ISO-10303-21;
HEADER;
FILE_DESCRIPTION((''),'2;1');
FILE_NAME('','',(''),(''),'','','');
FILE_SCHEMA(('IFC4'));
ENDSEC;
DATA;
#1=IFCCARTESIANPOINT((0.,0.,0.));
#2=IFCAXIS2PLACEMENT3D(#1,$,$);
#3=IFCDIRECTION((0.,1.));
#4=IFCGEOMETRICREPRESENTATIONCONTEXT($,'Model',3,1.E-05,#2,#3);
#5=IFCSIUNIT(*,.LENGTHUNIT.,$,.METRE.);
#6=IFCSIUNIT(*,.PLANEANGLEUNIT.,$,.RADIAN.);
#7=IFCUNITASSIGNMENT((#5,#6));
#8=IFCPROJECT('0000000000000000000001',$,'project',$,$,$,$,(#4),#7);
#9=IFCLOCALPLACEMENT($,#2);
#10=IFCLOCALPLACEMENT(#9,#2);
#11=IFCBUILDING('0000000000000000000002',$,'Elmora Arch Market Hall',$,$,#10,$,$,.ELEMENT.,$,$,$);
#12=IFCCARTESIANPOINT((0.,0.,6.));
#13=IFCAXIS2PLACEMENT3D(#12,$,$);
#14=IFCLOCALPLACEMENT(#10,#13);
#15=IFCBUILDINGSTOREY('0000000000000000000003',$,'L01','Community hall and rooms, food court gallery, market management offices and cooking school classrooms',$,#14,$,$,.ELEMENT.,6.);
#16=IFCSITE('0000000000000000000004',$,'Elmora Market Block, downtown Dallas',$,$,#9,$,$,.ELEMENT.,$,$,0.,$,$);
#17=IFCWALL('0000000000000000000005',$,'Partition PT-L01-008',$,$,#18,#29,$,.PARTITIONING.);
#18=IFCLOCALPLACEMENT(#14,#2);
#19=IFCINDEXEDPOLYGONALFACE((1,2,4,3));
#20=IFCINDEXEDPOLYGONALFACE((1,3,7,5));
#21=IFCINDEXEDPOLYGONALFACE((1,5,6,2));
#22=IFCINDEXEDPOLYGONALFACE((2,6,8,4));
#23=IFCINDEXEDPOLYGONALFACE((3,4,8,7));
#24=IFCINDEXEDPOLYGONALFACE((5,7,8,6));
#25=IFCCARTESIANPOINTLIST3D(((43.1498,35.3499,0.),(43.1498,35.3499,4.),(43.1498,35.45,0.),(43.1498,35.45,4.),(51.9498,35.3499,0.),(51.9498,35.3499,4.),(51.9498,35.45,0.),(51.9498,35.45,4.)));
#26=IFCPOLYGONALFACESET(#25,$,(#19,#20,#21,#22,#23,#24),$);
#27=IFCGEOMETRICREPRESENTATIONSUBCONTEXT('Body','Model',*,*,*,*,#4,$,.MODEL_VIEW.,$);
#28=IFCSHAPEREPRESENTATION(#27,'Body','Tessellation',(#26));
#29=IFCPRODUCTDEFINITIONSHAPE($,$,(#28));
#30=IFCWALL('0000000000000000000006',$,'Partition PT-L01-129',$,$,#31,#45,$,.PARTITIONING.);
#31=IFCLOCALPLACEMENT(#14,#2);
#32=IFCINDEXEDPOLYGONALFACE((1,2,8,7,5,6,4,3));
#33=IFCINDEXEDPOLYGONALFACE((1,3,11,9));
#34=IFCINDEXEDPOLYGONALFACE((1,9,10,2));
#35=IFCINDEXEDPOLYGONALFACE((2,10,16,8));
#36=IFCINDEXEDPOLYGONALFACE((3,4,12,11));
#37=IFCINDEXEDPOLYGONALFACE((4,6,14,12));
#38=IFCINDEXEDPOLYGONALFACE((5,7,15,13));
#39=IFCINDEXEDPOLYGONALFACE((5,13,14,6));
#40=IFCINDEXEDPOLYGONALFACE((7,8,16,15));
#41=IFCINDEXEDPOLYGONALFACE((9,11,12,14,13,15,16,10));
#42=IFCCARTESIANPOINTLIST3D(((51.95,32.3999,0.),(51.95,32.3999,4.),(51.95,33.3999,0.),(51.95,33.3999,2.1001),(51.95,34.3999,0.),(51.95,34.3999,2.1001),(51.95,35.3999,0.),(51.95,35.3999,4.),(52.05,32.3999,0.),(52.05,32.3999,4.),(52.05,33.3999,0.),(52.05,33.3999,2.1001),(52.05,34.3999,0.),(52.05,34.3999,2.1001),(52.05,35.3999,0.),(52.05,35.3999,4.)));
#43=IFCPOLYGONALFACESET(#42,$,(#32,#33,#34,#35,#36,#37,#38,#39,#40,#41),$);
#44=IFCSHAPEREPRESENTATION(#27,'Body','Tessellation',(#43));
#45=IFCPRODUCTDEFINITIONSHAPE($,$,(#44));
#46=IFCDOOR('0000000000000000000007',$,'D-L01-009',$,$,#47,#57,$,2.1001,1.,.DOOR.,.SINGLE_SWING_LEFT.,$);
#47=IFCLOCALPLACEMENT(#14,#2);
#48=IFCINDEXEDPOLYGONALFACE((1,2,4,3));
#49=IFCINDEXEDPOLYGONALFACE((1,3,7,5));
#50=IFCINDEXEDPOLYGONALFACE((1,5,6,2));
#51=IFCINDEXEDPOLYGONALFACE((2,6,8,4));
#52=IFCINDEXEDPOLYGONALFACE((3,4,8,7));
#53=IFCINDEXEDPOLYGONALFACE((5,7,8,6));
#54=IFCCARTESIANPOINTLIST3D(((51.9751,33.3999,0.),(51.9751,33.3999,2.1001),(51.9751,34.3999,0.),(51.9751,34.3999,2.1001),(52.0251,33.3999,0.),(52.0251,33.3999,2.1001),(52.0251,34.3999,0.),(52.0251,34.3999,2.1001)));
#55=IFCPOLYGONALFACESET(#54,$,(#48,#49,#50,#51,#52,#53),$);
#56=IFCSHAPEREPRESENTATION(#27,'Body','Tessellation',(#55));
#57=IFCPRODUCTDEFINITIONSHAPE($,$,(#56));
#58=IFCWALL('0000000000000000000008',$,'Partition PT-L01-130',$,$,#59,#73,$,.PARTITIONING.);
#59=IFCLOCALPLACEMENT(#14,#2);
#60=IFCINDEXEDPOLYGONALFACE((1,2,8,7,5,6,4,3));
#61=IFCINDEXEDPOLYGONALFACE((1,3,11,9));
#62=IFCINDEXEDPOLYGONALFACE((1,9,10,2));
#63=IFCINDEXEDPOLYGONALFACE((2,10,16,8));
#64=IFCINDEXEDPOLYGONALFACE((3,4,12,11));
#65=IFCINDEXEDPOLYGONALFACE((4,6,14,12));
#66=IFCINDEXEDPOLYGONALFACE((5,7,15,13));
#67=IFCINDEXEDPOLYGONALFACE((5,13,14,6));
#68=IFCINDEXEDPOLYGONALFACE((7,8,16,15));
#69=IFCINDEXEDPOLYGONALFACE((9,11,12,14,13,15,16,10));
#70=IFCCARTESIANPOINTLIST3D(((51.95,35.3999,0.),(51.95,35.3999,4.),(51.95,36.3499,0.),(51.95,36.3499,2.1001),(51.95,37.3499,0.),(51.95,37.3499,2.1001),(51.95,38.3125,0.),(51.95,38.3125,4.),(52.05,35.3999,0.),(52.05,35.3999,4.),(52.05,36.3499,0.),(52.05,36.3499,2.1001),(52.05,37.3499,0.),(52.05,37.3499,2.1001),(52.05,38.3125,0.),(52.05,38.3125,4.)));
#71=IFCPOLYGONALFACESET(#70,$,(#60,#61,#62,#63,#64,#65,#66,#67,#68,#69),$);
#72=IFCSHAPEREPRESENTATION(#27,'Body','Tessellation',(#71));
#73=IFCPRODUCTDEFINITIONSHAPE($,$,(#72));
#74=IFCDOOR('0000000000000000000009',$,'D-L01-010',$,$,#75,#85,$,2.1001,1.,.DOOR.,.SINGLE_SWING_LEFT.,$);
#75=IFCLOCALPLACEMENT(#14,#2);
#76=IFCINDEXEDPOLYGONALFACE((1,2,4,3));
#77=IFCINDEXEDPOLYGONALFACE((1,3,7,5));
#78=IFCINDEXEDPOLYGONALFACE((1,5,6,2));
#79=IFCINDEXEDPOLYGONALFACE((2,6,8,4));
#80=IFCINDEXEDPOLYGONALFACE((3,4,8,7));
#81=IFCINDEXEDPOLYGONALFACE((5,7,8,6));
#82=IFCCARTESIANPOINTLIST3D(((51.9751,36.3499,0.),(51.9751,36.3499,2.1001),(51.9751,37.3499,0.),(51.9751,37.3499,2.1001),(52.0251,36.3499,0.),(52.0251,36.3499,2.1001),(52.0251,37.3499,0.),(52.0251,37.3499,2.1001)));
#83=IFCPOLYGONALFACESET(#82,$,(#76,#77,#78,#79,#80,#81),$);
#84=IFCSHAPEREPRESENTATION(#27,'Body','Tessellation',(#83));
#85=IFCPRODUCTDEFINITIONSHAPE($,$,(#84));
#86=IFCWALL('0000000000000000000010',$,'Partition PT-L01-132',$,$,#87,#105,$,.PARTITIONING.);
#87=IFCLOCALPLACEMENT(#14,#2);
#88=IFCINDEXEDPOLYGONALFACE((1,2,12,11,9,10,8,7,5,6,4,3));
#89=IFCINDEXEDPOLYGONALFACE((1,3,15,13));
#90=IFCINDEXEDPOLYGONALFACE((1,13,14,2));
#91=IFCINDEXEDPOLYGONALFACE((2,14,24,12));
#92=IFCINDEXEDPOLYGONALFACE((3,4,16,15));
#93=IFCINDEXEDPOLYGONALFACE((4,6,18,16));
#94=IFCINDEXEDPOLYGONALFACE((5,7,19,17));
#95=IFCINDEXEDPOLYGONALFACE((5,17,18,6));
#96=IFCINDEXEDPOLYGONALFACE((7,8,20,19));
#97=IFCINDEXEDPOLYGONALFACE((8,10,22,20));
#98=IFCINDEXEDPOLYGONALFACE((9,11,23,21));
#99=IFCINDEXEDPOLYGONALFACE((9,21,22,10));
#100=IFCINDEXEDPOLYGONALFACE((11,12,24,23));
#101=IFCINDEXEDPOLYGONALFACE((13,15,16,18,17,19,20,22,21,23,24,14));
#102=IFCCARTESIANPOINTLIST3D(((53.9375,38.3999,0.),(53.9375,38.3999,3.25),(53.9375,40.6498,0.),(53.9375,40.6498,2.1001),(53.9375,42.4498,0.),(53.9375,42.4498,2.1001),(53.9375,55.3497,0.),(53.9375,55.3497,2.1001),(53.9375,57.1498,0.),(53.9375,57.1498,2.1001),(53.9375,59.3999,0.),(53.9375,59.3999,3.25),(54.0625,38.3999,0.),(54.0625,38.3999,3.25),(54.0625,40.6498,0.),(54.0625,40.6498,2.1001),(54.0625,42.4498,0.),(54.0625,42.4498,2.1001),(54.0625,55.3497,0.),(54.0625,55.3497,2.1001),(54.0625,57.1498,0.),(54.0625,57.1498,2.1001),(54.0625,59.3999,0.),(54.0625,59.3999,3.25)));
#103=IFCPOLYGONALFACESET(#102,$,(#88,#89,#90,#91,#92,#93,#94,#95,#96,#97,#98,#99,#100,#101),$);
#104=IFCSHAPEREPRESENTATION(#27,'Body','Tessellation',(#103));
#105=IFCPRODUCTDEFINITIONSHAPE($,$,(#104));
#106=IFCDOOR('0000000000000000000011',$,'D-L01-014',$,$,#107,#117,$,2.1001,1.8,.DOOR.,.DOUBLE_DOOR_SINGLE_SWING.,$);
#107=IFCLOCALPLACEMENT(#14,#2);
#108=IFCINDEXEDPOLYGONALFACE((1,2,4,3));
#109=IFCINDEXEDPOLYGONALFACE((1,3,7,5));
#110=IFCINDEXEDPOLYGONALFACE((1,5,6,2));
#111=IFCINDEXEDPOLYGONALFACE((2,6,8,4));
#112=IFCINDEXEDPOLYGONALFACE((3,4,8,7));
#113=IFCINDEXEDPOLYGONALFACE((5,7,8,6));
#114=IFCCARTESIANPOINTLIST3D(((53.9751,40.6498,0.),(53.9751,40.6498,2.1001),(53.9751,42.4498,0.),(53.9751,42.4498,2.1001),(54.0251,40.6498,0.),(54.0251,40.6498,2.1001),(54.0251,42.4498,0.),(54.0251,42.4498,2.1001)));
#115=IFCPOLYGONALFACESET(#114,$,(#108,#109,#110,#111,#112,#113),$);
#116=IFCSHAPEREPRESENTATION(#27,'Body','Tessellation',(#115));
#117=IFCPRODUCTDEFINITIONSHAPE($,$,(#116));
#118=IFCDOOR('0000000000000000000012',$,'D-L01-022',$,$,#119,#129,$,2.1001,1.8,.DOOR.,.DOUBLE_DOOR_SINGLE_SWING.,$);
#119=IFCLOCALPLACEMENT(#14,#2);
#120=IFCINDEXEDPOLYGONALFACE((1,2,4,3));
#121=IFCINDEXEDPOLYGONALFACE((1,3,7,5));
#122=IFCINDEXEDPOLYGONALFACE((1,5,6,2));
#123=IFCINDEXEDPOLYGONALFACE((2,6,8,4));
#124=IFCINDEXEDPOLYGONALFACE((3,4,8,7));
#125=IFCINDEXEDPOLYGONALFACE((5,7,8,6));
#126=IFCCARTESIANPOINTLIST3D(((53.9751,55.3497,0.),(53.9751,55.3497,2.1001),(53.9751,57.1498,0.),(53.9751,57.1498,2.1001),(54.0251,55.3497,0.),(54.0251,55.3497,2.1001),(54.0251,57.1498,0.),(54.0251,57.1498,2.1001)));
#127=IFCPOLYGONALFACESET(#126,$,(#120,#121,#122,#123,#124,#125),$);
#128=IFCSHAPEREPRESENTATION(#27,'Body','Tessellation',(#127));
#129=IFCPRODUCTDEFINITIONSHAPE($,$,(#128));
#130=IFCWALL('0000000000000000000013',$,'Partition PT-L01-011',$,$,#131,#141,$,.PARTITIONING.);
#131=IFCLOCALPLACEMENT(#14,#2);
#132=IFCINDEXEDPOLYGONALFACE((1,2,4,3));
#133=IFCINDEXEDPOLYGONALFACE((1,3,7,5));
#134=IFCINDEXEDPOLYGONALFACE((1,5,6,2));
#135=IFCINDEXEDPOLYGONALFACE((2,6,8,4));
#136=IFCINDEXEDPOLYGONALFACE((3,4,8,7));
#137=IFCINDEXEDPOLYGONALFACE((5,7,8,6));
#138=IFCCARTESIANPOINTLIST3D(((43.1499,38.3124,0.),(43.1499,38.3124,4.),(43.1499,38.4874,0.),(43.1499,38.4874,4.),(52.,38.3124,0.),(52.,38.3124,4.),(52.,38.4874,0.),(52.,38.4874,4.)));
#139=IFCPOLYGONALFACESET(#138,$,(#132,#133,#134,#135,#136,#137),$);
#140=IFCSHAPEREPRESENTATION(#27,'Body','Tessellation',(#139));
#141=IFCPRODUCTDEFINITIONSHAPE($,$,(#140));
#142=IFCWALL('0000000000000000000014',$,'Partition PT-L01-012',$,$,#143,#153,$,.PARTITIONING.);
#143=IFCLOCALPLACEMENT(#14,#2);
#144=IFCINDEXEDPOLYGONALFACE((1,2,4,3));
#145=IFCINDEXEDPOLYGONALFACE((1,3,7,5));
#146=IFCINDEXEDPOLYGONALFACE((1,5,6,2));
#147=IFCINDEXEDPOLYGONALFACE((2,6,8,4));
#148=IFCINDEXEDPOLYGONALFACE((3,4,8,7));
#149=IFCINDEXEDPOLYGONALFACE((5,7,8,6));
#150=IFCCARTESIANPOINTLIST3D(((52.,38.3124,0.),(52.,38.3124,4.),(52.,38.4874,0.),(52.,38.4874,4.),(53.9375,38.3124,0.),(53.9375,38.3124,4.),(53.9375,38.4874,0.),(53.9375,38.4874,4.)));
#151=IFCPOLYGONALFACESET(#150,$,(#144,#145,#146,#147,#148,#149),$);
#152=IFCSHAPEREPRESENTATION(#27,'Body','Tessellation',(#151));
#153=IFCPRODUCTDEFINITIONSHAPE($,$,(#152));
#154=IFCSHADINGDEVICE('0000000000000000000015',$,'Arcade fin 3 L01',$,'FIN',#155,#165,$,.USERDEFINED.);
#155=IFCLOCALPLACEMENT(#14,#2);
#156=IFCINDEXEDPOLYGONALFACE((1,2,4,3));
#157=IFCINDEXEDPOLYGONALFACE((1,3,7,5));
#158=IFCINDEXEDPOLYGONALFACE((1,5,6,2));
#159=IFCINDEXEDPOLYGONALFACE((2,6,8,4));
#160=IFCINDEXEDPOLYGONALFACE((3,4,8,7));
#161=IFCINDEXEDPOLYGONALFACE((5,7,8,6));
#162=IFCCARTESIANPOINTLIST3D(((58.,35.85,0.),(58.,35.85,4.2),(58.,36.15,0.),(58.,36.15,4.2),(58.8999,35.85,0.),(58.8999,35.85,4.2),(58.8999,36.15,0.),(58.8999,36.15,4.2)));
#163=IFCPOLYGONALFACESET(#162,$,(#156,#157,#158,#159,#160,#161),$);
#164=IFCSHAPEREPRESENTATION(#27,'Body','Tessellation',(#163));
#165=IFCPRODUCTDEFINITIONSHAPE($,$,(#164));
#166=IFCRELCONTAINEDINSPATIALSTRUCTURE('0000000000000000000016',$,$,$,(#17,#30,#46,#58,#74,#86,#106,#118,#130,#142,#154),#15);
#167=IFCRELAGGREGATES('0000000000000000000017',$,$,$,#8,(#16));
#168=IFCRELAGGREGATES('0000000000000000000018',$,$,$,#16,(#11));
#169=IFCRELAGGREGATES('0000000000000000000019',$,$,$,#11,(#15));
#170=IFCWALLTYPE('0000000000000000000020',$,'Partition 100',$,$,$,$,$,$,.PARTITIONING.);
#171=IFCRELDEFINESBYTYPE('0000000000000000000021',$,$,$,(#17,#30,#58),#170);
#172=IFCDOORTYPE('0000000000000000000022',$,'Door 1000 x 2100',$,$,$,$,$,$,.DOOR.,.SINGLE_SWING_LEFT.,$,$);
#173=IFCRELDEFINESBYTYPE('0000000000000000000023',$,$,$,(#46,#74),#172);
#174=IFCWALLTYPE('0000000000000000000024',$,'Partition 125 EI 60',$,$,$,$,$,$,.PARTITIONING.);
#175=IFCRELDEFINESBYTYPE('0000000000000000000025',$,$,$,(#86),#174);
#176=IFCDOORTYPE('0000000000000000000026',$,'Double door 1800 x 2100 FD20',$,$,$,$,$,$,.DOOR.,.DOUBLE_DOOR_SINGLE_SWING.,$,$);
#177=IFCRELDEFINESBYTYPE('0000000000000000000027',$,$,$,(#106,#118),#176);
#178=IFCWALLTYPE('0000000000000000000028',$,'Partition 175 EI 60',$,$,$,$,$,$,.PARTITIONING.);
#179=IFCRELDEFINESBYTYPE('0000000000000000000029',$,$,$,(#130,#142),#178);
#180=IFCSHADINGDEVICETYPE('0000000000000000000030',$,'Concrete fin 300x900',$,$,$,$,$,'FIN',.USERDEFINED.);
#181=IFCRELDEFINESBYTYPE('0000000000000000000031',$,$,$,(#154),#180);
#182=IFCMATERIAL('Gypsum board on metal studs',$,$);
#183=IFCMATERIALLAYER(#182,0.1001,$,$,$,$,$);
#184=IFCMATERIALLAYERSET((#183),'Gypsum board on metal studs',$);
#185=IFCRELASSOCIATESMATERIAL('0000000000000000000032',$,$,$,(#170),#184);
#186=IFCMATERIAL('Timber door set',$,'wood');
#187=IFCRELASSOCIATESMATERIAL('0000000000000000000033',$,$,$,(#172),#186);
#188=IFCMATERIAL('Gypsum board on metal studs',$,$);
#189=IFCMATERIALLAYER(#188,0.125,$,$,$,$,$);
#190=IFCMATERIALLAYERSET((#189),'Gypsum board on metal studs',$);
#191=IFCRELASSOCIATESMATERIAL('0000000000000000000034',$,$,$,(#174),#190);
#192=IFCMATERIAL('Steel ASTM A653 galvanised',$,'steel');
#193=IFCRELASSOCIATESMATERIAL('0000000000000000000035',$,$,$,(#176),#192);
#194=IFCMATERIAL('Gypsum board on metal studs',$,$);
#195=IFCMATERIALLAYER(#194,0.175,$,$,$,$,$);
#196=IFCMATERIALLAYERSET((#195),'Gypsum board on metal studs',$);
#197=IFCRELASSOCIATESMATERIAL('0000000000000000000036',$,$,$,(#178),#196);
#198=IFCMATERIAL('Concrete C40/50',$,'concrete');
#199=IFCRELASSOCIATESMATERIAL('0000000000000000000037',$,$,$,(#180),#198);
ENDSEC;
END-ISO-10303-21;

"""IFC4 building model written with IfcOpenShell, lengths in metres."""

from ifc_helpers import new_model, si_unit, direction, frame, frame_2d, origin, origin_2d, place, context, subcontext, project, spatial, rectangle, extrude, material, layer, layer_set, type_object, element, fill, save


model = new_model("IFC4")

# Units and contexts
model_context = context("Model", 3, precision=1e-05, world=origin(), true_north=direction((0.0, 1.0)))
body_context = subcontext(model_context, "Body", "Model", "MODEL_VIEW")
ifc_project = project(units=[si_unit("LENGTHUNIT", "METRE"), si_unit("PLANEANGLEUNIT", "RADIAN")], contexts=[model_context])

# Site, building, storey
site_placement = place(None, origin())
site = spatial("IfcSite", under=ifc_project, at=site_placement, Name="Elmora Market Block, downtown Dallas", CompositionType="ELEMENT", RefElevation=0.0)
building_placement = place(site_placement, origin())
building = spatial("IfcBuilding", under=site, at=building_placement, Name="Elmora Arch Market Hall", CompositionType="ELEMENT")
storey_placement = place(building_placement, frame((0.0, 0.0, 6.0)))
storey = spatial("IfcBuildingStorey", under=building, at=storey_placement, Name="L01", Description="Community hall and rooms, food court gallery, market management offices and cooking school classrooms", CompositionType="ELEMENT", Elevation=6.0)

# Wall
ifc_material_1 = material(Name="Gypsum board on metal studs")
ifc_layer_1 = layer(ifc_material_1, 0.1001)
ifc_layer_set_1 = layer_set([ifc_layer_1], Name="Gypsum board on metal studs")
wall_type_1 = type_object("IfcWallType", Name="Partition 100", PredefinedType="PARTITIONING", material=ifc_layer_set_1)
for number, where, z_axis, x_axis, name in (
    (1, (43.1499, 35.3999, 0.0), (0.0, 0.0, 1.0), (1.0, 0.0, 0.0), "Partition PT-L01-008"),
):
    element("IfcWall", number, at=place(storey_placement, frame(where, z_axis=z_axis, x_axis=x_axis)), inside=storey, type_object=wall_type_1, Name=name, PredefinedType="PARTITIONING", context=body_context, shape_type="SweptSolid", body=[
        extrude(rectangle(XDim=8.8, YDim=0.1001, at=frame_2d((4.3999, 0.0))), origin(), (0.0, 0.0, 1.0), 4.0),
    ])

# Walls, openings, doors
wall_1_placement = place(storey_placement, frame((52.0, 32.3999, 0.0), z_axis=(0.0, 0.0, 1.0), x_axis=(0.0, 1.0, 0.0)))
wall_1 = element("IfcWall", 2, at=wall_1_placement, inside=storey, type_object=wall_type_1, Name="Partition PT-L01-129", PredefinedType="PARTITIONING", context=body_context, shape_type="SweptSolid", body=[
    extrude(rectangle(XDim=3.0, YDim=0.1001, at=frame_2d((1.5, 0.0))), origin(), (0.0, 0.0, 1.0), 4.0),
])
opening_1_placement = place(wall_1_placement, frame((1.0, 0.0, 0.0)))
opening_1 = element("IfcOpeningElement", 3, at=opening_1_placement, cuts=wall_1, PredefinedType="OPENING", context=body_context, shape_type="SweptSolid", body=[
    extrude(rectangle(XDim=1.0, YDim=2.1001, at=frame_2d((0.5, 1.05))), frame((0.0, 0.0601, 0.0), z_axis=(0.0, -1.0, 0.0), x_axis=(1.0, 0.0, 0.0)), (0.0, 0.0, 1.0), 0.1201),
])
ifc_material_2 = material(Name="Timber door set", Category="wood")
door_type_1 = type_object("IfcDoorType", Name="Door 1000 x 2100", OperationType="SINGLE_SWING_LEFT", PredefinedType="DOOR", material=ifc_material_2)
door_1_placement = place(opening_1_placement, origin())
door_1 = element("IfcDoor", 4, at=door_1_placement, inside=storey, type_object=door_type_1, Name="D-L01-009", OperationType="SINGLE_SWING_LEFT", OverallHeight=2.1001, OverallWidth=1.0, PredefinedType="DOOR", context=body_context, shape_type="SweptSolid", body=[
    extrude(rectangle(XDim=1.0, YDim=2.1001, at=frame_2d((0.5, 1.05))), frame((0.0, 0.0249, 0.0), z_axis=(0.0, -1.0, 0.0), x_axis=(1.0, 0.0, 0.0)), (0.0, 0.0, 1.0), 0.05),
])
fill(opening_1, door_1)
wall_2_placement = place(storey_placement, frame((52.0, 35.3999, 0.0), z_axis=(0.0, 0.0, 1.0), x_axis=(0.0, 1.0, 0.0)))
wall_2 = element("IfcWall", 5, at=wall_2_placement, inside=storey, type_object=wall_type_1, Name="Partition PT-L01-130", PredefinedType="PARTITIONING", context=body_context, shape_type="SweptSolid", body=[
    extrude(rectangle(XDim=2.9126, YDim=0.1001, at=frame_2d((1.4563, 0.0))), origin(), (0.0, 0.0, 1.0), 4.0),
])
opening_2_placement = place(wall_2_placement, frame((0.95, 0.0, 0.0)))
opening_2 = element("IfcOpeningElement", 6, at=opening_2_placement, cuts=wall_2, PredefinedType="OPENING", context=body_context, shape_type="SweptSolid", body=[
    extrude(rectangle(XDim=1.0, YDim=2.1001, at=frame_2d((0.5, 1.05))), frame((0.0, 0.0601, 0.0), z_axis=(0.0, -1.0, 0.0), x_axis=(1.0, 0.0, 0.0)), (0.0, 0.0, 1.0), 0.1201),
])
door_2_placement = place(opening_2_placement, origin())
door_2 = element("IfcDoor", 7, at=door_2_placement, inside=storey, type_object=door_type_1, Name="D-L01-010", OperationType="SINGLE_SWING_LEFT", OverallHeight=2.1001, OverallWidth=1.0, PredefinedType="DOOR", context=body_context, shape_type="SweptSolid", body=[
    extrude(rectangle(XDim=1.0, YDim=2.1001, at=frame_2d((0.5, 1.05))), frame((0.0, 0.0249, 0.0), z_axis=(0.0, -1.0, 0.0), x_axis=(1.0, 0.0, 0.0)), (0.0, 0.0, 1.0), 0.05),
])
fill(opening_2, door_2)

# Wall, openings, doors
ifc_material_3 = material(Name="Gypsum board on metal studs")
ifc_layer_2 = layer(ifc_material_3, 0.125)
ifc_layer_set_2 = layer_set([ifc_layer_2], Name="Gypsum board on metal studs")
wall_type_2 = type_object("IfcWallType", Name="Partition 125 EI 60", PredefinedType="PARTITIONING", material=ifc_layer_set_2)
wall_3_placement = place(storey_placement, frame((54.0, 38.3999, 0.0), z_axis=(0.0, 0.0, 1.0), x_axis=(0.0, 1.0, 0.0)))
wall_3 = element("IfcWall", 8, at=wall_3_placement, inside=storey, type_object=wall_type_2, Name="Partition PT-L01-132", PredefinedType="PARTITIONING", context=body_context, shape_type="SweptSolid", body=[
    extrude(rectangle(XDim=21.0, YDim=0.125, at=frame_2d((10.5, 0.0))), origin(), (0.0, 0.0, 1.0), 3.25),
])
opening_3_placement = place(wall_3_placement, frame((2.25, 0.0, 0.0)))
opening_3 = element("IfcOpeningElement", 9, at=opening_3_placement, cuts=wall_3, PredefinedType="OPENING", context=body_context, shape_type="SweptSolid", body=[
    extrude(rectangle(XDim=1.8, YDim=2.1001, at=frame_2d((0.8999, 1.05))), frame((0.0, 0.0725, 0.0), z_axis=(0.0, -1.0, 0.0), x_axis=(1.0, 0.0, 0.0)), (0.0, 0.0, 1.0), 0.145),
])
opening_4_placement = place(wall_3_placement, frame((16.95, 0.0, 0.0)))
opening_4 = element("IfcOpeningElement", 10, at=opening_4_placement, cuts=wall_3, PredefinedType="OPENING", context=body_context, shape_type="SweptSolid", body=[
    extrude(rectangle(XDim=1.8, YDim=2.1001, at=frame_2d((0.8999, 1.05))), frame((0.0, 0.0725, 0.0), z_axis=(0.0, -1.0, 0.0), x_axis=(1.0, 0.0, 0.0)), (0.0, 0.0, 1.0), 0.145),
])
ifc_material_4 = material(Name="Steel ASTM A653 galvanised", Category="steel")
door_type_2 = type_object("IfcDoorType", Name="Double door 1800 x 2100 FD20", OperationType="DOUBLE_DOOR_SINGLE_SWING", PredefinedType="DOOR", material=ifc_material_4)
door_3_placement = place(opening_3_placement, origin())
door_3 = element("IfcDoor", 11, at=door_3_placement, inside=storey, type_object=door_type_2, Name="D-L01-014", OperationType="DOUBLE_DOOR_SINGLE_SWING", OverallHeight=2.1001, OverallWidth=1.8, PredefinedType="DOOR", context=body_context, shape_type="SweptSolid", body=[
    extrude(rectangle(XDim=1.8, YDim=2.1001, at=frame_2d((0.8999, 1.05))), frame((0.0, 0.0249, 0.0), z_axis=(0.0, -1.0, 0.0), x_axis=(1.0, 0.0, 0.0)), (0.0, 0.0, 1.0), 0.05),
])
fill(opening_3, door_3)
door_4_placement = place(opening_4_placement, origin())
door_4 = element("IfcDoor", 12, at=door_4_placement, inside=storey, type_object=door_type_2, Name="D-L01-022", OperationType="DOUBLE_DOOR_SINGLE_SWING", OverallHeight=2.1001, OverallWidth=1.8, PredefinedType="DOOR", context=body_context, shape_type="SweptSolid", body=[
    extrude(rectangle(XDim=1.8, YDim=2.1001, at=frame_2d((0.8999, 1.05))), frame((0.0, 0.0249, 0.0), z_axis=(0.0, -1.0, 0.0), x_axis=(1.0, 0.0, 0.0)), (0.0, 0.0, 1.0), 0.05),
])
fill(opening_4, door_4)

# Walls
ifc_material_5 = material(Name="Gypsum board on metal studs")
ifc_layer_3 = layer(ifc_material_5, 0.175)
ifc_layer_set_3 = layer_set([ifc_layer_3], Name="Gypsum board on metal studs")
wall_type_3 = type_object("IfcWallType", Name="Partition 175 EI 60", PredefinedType="PARTITIONING", material=ifc_layer_set_3)
wall_4_placement = place(storey_placement, frame((43.1499, 38.3999, 0.0), z_axis=(0.0, 0.0, 1.0), x_axis=(1.0, 0.0, 0.0)))
element("IfcWall", 13, at=wall_4_placement, inside=storey, type_object=wall_type_3, Name="Partition PT-L01-011", PredefinedType="PARTITIONING", context=body_context, shape_type="SweptSolid", body=[
    extrude(rectangle(XDim=8.8501, YDim=0.175, at=frame_2d((4.425, 0.0))), origin(), (0.0, 0.0, 1.0), 4.0),
])
wall_5_placement = place(storey_placement, frame((52.0, 38.3999, 0.0), z_axis=(0.0, 0.0, 1.0), x_axis=(1.0, 0.0, 0.0)))
element("IfcWall", 14, at=wall_5_placement, inside=storey, type_object=wall_type_3, Name="Partition PT-L01-012", PredefinedType="PARTITIONING", context=body_context, shape_type="SweptSolid", body=[
    extrude(rectangle(XDim=1.9375, YDim=0.175, at=frame_2d((0.9688, 0.0))), origin(), (0.0, 0.0, 1.0), 4.0),
])

# Shading device
ifc_material_6 = material(Name="Concrete C40/50", Category="concrete")
shading_device_type_1 = type_object("IfcShadingDeviceType", Name="Concrete fin 300x900", ElementType="FIN", PredefinedType="USERDEFINED", material=ifc_material_6)
for number, where, z_axis, x_axis, name in (
    (15, (58.45, 36.0, 0.0), (0.0, 0.0, 1.0), (1.0, 0.0, 0.0), "Arcade fin 3 L01"),
):
    element("IfcShadingDevice", number, at=place(storey_placement, frame(where, z_axis=z_axis, x_axis=x_axis)), inside=storey, type_object=shading_device_type_1, Name=name, ObjectType="FIN", PredefinedType="USERDEFINED", context=body_context, shape_type="SweptSolid", body=[
        extrude(rectangle(XDim=0.8999, YDim=0.3, at=origin_2d()), origin(), (0.0, 0.0, 1.0), 4.2),
    ])

save(model, "model.ifc")
